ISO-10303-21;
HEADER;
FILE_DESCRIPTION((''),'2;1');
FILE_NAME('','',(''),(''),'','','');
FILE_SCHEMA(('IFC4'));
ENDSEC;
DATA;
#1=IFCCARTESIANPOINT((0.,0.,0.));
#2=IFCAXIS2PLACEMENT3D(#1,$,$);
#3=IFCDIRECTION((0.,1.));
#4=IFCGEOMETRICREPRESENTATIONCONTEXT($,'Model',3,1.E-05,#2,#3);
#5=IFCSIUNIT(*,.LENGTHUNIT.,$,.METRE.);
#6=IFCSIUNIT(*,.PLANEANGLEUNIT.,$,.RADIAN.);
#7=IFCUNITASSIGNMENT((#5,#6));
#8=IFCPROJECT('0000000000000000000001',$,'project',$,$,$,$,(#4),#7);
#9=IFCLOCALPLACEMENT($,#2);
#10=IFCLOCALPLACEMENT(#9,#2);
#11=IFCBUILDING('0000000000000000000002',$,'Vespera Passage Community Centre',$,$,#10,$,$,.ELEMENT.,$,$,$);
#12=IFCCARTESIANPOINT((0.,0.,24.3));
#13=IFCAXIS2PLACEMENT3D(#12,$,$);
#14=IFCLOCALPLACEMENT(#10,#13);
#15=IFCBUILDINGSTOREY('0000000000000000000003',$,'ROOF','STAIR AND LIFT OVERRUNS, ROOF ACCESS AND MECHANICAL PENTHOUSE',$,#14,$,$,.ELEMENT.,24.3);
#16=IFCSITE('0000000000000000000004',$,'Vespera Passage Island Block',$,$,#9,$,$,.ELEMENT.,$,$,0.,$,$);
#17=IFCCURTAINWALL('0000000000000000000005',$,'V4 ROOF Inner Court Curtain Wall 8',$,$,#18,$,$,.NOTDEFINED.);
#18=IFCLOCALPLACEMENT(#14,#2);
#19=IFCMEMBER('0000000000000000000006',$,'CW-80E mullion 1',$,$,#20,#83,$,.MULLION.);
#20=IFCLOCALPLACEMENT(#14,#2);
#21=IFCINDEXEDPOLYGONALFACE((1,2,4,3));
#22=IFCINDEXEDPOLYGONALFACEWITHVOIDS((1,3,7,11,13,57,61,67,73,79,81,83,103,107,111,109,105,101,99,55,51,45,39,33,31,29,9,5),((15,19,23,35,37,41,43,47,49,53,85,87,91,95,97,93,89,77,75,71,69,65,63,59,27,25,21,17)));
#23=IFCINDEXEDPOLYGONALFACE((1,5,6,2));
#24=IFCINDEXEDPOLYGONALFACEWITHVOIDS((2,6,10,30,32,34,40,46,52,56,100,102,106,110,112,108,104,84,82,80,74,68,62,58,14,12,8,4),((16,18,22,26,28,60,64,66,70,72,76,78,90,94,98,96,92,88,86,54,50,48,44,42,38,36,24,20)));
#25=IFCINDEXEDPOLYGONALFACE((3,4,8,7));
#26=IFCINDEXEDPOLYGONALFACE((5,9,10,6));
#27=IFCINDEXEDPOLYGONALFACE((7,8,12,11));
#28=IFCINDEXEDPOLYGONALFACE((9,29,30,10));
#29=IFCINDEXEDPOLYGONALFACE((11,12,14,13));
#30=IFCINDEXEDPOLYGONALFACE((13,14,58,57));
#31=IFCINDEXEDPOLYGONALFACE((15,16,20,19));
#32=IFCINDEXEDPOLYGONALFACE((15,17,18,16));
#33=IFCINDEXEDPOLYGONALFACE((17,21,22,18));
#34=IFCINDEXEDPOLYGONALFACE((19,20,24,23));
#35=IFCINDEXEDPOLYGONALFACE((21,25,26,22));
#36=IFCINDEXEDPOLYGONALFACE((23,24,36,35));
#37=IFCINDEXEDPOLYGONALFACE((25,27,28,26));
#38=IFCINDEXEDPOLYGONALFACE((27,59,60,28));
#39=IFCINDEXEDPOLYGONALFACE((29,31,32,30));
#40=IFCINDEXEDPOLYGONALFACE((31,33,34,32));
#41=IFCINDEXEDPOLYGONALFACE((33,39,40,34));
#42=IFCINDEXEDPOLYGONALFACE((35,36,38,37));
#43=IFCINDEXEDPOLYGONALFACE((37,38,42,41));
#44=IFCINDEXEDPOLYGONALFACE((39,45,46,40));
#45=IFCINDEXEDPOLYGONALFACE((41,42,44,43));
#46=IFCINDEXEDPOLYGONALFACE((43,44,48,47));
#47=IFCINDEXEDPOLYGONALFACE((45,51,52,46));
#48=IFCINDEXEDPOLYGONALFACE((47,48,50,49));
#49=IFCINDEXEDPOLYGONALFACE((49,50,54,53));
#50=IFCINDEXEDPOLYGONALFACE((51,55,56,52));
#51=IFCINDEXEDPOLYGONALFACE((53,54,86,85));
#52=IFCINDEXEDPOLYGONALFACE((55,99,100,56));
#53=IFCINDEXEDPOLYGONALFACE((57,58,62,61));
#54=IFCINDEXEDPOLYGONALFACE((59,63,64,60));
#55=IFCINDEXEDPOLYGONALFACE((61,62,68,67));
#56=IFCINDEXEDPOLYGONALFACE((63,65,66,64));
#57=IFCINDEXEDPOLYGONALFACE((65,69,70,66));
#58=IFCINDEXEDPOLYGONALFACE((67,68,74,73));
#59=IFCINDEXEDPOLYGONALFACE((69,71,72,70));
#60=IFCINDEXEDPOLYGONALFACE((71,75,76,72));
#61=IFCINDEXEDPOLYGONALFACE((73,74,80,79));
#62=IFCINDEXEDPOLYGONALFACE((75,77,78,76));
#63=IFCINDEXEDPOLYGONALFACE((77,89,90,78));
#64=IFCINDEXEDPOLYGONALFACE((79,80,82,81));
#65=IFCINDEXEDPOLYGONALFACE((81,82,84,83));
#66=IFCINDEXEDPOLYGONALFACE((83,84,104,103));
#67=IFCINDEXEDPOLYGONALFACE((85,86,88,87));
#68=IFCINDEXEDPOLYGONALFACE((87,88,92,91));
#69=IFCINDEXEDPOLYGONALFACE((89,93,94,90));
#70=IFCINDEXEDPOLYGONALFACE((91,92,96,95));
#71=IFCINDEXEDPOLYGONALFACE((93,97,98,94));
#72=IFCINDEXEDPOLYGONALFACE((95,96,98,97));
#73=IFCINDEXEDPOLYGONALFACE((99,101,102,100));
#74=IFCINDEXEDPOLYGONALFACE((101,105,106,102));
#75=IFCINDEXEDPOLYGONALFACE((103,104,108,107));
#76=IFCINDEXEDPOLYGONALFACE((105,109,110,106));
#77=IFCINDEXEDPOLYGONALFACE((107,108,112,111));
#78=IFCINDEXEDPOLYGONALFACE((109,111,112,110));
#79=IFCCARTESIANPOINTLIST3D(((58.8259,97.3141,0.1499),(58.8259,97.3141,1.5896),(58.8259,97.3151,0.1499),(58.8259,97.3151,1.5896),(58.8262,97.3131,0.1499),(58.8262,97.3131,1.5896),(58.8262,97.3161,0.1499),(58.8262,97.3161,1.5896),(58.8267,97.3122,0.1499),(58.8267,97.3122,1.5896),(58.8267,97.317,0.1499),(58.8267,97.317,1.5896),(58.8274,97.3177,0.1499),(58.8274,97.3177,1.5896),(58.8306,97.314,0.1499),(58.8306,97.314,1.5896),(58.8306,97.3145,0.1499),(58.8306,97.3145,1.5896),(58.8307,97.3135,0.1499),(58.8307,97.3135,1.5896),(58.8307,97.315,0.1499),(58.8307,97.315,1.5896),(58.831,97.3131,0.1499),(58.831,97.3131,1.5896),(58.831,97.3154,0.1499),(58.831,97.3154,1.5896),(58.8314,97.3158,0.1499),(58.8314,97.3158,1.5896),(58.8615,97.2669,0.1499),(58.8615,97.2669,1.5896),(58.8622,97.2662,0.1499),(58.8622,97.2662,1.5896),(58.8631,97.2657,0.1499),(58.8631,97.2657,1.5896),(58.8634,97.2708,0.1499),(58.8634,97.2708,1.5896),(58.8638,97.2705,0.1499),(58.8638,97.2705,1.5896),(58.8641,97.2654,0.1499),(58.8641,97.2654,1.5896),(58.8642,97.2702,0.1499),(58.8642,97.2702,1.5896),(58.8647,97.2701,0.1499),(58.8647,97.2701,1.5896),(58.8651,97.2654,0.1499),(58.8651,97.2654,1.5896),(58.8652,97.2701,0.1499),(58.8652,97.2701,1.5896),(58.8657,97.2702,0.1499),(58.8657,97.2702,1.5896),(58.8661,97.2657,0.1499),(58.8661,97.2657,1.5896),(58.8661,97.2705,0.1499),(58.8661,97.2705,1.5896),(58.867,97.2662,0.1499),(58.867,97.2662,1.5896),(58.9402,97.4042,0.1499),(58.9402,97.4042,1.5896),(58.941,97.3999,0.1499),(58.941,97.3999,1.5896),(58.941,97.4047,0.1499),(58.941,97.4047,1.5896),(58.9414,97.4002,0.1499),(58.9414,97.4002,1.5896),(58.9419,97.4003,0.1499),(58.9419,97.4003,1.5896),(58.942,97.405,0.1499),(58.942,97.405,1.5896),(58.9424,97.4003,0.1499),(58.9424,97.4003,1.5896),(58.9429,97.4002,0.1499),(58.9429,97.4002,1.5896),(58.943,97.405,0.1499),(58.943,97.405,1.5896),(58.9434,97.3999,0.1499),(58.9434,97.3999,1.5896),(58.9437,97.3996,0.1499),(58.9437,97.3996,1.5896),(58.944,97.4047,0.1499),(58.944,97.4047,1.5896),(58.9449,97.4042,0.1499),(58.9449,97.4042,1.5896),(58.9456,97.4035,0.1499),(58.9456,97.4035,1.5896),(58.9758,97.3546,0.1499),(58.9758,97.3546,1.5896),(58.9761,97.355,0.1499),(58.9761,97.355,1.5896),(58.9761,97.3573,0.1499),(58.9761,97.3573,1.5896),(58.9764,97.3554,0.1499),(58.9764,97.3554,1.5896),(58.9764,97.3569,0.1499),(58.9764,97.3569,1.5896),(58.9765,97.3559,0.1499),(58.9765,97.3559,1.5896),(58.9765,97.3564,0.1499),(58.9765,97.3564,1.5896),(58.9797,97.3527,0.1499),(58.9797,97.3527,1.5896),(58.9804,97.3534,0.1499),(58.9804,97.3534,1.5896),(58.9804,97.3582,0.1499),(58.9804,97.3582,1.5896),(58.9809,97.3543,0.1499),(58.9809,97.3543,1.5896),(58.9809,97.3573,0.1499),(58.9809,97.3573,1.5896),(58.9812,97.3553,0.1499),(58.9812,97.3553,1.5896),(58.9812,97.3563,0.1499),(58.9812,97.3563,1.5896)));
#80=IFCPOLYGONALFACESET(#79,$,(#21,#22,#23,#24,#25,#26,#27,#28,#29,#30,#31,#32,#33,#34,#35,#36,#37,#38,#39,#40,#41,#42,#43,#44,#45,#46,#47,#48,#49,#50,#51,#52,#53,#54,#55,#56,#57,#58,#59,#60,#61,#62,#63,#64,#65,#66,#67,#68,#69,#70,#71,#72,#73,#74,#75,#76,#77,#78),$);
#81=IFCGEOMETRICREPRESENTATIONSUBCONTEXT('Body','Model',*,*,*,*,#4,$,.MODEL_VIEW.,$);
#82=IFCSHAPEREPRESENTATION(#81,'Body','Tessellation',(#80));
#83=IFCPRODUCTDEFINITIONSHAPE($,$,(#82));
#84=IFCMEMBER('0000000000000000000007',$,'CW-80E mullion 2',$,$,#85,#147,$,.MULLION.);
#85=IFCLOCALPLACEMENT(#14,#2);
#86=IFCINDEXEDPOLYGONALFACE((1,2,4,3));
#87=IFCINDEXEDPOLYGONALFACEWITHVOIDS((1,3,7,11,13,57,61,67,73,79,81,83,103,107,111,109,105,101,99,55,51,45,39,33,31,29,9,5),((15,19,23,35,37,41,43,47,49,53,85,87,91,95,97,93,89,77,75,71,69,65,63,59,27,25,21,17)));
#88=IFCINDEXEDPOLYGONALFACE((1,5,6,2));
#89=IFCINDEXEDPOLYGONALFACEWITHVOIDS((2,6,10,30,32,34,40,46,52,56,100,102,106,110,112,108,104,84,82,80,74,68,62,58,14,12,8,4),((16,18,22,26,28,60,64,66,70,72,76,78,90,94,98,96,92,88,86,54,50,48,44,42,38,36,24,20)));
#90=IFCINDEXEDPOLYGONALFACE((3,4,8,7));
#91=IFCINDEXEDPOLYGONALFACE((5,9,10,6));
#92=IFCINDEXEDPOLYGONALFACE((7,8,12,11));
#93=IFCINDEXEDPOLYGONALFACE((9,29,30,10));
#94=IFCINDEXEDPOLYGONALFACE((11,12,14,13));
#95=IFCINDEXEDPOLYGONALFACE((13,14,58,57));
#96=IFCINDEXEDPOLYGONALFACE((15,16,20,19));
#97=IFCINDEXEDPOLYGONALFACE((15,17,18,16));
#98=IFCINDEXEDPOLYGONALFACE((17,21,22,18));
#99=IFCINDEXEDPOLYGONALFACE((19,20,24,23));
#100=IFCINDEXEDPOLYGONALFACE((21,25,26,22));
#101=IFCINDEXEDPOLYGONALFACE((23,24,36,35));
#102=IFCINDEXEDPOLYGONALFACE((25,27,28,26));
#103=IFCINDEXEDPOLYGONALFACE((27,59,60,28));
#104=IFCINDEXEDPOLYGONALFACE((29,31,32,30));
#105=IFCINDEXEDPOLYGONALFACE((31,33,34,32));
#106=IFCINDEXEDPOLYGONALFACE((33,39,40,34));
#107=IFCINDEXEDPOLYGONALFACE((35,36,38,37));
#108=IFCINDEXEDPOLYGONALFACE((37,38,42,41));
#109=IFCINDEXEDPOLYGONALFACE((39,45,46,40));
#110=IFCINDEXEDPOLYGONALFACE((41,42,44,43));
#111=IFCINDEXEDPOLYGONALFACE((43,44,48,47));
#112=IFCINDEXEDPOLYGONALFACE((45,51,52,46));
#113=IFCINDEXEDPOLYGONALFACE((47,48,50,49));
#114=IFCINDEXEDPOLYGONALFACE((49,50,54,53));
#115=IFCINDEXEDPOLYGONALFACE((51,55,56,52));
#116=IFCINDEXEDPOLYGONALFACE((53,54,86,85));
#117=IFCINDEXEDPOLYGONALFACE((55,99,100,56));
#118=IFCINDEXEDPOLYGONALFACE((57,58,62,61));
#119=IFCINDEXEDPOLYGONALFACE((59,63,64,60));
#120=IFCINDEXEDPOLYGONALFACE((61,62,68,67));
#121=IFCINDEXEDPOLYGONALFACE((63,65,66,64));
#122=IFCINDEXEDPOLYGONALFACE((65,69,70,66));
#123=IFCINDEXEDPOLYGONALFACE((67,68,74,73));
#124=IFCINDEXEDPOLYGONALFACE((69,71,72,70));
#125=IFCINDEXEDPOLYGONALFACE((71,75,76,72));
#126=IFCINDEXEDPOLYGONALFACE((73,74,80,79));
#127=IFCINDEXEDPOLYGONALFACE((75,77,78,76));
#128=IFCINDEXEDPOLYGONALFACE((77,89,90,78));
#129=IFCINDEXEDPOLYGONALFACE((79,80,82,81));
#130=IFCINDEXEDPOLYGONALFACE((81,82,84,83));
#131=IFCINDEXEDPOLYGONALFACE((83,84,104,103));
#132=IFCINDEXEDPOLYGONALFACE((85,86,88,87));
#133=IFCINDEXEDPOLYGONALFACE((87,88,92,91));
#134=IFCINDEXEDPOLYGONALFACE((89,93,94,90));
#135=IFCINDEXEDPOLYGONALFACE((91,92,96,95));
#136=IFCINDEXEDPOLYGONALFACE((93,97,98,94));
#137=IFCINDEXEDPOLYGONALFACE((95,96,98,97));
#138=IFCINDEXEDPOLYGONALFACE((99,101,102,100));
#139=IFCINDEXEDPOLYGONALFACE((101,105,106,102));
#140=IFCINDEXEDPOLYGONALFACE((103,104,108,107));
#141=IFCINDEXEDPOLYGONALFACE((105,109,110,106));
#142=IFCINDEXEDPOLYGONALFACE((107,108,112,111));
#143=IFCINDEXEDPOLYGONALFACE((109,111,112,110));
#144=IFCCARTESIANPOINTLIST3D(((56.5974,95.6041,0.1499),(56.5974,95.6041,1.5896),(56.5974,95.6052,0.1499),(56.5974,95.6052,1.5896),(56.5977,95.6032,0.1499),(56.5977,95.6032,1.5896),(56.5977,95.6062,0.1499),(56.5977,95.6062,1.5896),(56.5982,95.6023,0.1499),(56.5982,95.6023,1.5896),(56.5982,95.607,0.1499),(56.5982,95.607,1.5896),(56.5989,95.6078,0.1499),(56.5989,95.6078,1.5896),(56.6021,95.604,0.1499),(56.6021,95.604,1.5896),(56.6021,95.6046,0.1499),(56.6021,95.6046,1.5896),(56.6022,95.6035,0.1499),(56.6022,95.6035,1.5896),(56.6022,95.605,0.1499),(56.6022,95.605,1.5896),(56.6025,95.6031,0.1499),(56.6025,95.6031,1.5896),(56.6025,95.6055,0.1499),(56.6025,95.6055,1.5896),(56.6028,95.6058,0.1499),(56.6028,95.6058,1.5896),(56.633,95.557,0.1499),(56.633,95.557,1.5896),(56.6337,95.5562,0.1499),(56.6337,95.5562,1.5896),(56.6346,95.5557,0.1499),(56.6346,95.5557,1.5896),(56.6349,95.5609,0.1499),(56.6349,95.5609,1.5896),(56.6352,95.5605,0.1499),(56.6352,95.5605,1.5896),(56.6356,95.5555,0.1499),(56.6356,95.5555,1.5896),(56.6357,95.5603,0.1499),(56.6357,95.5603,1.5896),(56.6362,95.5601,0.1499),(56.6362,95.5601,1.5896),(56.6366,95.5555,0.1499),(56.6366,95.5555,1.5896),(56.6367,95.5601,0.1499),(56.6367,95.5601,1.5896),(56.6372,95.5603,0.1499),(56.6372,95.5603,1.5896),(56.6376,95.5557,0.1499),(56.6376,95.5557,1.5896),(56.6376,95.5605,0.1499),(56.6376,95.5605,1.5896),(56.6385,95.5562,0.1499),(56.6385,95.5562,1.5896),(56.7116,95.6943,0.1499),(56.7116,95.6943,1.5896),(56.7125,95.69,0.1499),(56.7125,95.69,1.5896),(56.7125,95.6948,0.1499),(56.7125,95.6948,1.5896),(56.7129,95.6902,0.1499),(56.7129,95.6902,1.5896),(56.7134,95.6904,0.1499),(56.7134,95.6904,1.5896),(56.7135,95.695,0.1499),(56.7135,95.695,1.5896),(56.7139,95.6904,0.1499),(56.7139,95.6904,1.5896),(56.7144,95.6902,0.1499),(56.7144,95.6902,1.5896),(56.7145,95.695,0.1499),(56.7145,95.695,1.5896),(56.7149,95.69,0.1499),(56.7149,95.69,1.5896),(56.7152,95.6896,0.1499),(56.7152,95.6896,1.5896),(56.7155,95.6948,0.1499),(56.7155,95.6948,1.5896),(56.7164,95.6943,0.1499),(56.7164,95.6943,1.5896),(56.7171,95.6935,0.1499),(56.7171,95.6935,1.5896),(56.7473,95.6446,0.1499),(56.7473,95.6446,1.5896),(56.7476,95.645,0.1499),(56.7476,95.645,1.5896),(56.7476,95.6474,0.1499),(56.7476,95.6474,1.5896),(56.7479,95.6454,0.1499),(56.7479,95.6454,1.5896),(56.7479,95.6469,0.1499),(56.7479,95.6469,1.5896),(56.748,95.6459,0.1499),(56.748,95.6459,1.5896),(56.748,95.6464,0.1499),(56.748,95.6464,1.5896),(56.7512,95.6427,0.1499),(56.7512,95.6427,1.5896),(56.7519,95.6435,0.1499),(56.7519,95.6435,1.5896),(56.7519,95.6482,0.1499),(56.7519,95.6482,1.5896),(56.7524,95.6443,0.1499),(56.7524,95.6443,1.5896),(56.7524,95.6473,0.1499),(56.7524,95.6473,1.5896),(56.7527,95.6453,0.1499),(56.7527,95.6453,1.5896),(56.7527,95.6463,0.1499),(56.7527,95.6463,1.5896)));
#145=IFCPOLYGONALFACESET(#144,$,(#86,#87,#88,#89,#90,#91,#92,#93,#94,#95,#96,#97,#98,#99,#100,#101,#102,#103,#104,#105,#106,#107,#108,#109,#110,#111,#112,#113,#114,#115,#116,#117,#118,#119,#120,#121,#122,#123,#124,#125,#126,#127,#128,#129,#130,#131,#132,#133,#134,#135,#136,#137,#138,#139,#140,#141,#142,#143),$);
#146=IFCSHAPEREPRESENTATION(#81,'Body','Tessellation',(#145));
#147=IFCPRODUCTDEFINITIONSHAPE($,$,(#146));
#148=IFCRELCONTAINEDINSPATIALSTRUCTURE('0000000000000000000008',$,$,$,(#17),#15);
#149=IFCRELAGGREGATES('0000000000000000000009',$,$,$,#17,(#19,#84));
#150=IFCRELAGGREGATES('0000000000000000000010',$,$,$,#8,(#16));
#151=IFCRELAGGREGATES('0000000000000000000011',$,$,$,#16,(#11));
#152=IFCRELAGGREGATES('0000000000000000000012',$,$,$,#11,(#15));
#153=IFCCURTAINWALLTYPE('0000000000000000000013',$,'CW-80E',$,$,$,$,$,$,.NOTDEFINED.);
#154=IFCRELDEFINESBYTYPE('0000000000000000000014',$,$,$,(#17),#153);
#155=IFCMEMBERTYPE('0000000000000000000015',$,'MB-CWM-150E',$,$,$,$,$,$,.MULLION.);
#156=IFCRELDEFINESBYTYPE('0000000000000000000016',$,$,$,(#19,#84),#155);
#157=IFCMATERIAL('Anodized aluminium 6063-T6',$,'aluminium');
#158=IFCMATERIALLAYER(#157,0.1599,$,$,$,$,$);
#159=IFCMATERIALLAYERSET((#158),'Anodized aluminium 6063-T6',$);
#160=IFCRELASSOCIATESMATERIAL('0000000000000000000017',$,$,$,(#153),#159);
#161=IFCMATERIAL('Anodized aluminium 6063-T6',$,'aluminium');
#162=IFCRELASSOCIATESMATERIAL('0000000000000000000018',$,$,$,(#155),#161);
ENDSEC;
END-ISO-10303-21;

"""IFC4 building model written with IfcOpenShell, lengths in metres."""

from ifc_helpers import new_model, si_unit, direction, frame, origin, origin_2d, place, context, subcontext, project, spatial, hollow_rectangle, extrude, material, layer, layer_set, material_profile, profile_set, type_object, element, aggregate, save


model = new_model("IFC4")

# Units and contexts
model_context = context("Model", 3, precision=1e-05, world=origin(), true_north=direction((0.0, 1.0)))
body_context = subcontext(model_context, "Body", "Model", "MODEL_VIEW")
ifc_project = project(units=[si_unit("LENGTHUNIT", "METRE"), si_unit("PLANEANGLEUNIT", "RADIAN")], contexts=[model_context])

# Site, building, storey
site_placement = place(None, origin())
site = spatial("IfcSite", under=ifc_project, at=site_placement, Name="Vespera Passage Island Block", CompositionType="ELEMENT", RefElevation=0.0)
building_placement = place(site_placement, origin())
building = spatial("IfcBuilding", under=site, at=building_placement, Name="Vespera Passage Community Centre", CompositionType="ELEMENT")
storey_placement = place(building_placement, frame((0.0, 0.0, 24.3)))
storey = spatial("IfcBuildingStorey", under=building, at=storey_placement, Name="ROOF", Description="STAIR AND LIFT OVERRUNS, ROOF ACCESS AND MECHANICAL PENTHOUSE", CompositionType="ELEMENT", Elevation=24.3)

# Curtain wall, members
ifc_material_1 = material(Name="Anodized aluminium 6063-T6", Category="aluminium")
ifc_layer_1 = layer(ifc_material_1, 0.1599)
ifc_layer_set_1 = layer_set([ifc_layer_1], Name="Anodized aluminium 6063-T6")
curtain_wall_type = type_object("IfcCurtainWallType", Name="CW-80E", PredefinedType="NOTDEFINED", material=ifc_layer_set_1)
curtain_wall_placement = place(storey_placement, origin())
curtain_wall = element("IfcCurtainWall", 1, at=curtain_wall_placement, inside=storey, type_object=curtain_wall_type, Name="V4 ROOF Inner Court Curtain Wall 8", PredefinedType="NOTDEFINED")
ifc_material_2 = material(Name="Anodized aluminium 6063-T6", Category="aluminium")
ifc_material_profile_1 = material_profile(ifc_material_2, hollow_rectangle(XDim=0.0649, YDim=0.1499, WallThickness=0.0039, InnerFilletRadius=0.002, OuterFilletRadius=0.0039, at=origin_2d()), Name="ALU150X65X4")
ifc_profile_set_1 = profile_set([ifc_material_profile_1], Name="Anodized aluminium 6063-T6")
member_type_1 = type_object("IfcMemberType", Name="MB-CWM-150E", PredefinedType="MULLION", material=ifc_profile_set_1)
member_1_placement = place(storey_placement, frame((58.9036, 97.3352, 0.1499), z_axis=(0.0, 0.0, 1.0), x_axis=(0.608755, -0.793358, 0.0)))
member_1 = element("IfcMember", 2, at=member_1_placement, type_object=member_type_1, Name="CW-80E mullion 1", PredefinedType="MULLION", context=body_context, shape_type="SweptSolid", body=[
    extrude(hollow_rectangle(XDim=0.0649, YDim=0.1499, WallThickness=0.0039, InnerFilletRadius=0.002, OuterFilletRadius=0.0039, at=origin_2d()), origin(), (0.0, 0.0, 1.0), 1.4397),
])
member_2_placement = place(storey_placement, frame((56.675, 95.6252, 0.1499), z_axis=(0.0, 0.0, 1.0), x_axis=(0.608755, -0.793358, 0.0)))
member_2 = element("IfcMember", 3, at=member_2_placement, type_object=member_type_1, Name="CW-80E mullion 2", PredefinedType="MULLION", context=body_context, shape_type="SweptSolid", body=[
    extrude(hollow_rectangle(XDim=0.0649, YDim=0.1499, WallThickness=0.0039, InnerFilletRadius=0.002, OuterFilletRadius=0.0039, at=origin_2d()), origin(), (0.0, 0.0, 1.0), 1.4397),
])

aggregate(curtain_wall, [member_1, member_2])

save(model, "model.ifc")
